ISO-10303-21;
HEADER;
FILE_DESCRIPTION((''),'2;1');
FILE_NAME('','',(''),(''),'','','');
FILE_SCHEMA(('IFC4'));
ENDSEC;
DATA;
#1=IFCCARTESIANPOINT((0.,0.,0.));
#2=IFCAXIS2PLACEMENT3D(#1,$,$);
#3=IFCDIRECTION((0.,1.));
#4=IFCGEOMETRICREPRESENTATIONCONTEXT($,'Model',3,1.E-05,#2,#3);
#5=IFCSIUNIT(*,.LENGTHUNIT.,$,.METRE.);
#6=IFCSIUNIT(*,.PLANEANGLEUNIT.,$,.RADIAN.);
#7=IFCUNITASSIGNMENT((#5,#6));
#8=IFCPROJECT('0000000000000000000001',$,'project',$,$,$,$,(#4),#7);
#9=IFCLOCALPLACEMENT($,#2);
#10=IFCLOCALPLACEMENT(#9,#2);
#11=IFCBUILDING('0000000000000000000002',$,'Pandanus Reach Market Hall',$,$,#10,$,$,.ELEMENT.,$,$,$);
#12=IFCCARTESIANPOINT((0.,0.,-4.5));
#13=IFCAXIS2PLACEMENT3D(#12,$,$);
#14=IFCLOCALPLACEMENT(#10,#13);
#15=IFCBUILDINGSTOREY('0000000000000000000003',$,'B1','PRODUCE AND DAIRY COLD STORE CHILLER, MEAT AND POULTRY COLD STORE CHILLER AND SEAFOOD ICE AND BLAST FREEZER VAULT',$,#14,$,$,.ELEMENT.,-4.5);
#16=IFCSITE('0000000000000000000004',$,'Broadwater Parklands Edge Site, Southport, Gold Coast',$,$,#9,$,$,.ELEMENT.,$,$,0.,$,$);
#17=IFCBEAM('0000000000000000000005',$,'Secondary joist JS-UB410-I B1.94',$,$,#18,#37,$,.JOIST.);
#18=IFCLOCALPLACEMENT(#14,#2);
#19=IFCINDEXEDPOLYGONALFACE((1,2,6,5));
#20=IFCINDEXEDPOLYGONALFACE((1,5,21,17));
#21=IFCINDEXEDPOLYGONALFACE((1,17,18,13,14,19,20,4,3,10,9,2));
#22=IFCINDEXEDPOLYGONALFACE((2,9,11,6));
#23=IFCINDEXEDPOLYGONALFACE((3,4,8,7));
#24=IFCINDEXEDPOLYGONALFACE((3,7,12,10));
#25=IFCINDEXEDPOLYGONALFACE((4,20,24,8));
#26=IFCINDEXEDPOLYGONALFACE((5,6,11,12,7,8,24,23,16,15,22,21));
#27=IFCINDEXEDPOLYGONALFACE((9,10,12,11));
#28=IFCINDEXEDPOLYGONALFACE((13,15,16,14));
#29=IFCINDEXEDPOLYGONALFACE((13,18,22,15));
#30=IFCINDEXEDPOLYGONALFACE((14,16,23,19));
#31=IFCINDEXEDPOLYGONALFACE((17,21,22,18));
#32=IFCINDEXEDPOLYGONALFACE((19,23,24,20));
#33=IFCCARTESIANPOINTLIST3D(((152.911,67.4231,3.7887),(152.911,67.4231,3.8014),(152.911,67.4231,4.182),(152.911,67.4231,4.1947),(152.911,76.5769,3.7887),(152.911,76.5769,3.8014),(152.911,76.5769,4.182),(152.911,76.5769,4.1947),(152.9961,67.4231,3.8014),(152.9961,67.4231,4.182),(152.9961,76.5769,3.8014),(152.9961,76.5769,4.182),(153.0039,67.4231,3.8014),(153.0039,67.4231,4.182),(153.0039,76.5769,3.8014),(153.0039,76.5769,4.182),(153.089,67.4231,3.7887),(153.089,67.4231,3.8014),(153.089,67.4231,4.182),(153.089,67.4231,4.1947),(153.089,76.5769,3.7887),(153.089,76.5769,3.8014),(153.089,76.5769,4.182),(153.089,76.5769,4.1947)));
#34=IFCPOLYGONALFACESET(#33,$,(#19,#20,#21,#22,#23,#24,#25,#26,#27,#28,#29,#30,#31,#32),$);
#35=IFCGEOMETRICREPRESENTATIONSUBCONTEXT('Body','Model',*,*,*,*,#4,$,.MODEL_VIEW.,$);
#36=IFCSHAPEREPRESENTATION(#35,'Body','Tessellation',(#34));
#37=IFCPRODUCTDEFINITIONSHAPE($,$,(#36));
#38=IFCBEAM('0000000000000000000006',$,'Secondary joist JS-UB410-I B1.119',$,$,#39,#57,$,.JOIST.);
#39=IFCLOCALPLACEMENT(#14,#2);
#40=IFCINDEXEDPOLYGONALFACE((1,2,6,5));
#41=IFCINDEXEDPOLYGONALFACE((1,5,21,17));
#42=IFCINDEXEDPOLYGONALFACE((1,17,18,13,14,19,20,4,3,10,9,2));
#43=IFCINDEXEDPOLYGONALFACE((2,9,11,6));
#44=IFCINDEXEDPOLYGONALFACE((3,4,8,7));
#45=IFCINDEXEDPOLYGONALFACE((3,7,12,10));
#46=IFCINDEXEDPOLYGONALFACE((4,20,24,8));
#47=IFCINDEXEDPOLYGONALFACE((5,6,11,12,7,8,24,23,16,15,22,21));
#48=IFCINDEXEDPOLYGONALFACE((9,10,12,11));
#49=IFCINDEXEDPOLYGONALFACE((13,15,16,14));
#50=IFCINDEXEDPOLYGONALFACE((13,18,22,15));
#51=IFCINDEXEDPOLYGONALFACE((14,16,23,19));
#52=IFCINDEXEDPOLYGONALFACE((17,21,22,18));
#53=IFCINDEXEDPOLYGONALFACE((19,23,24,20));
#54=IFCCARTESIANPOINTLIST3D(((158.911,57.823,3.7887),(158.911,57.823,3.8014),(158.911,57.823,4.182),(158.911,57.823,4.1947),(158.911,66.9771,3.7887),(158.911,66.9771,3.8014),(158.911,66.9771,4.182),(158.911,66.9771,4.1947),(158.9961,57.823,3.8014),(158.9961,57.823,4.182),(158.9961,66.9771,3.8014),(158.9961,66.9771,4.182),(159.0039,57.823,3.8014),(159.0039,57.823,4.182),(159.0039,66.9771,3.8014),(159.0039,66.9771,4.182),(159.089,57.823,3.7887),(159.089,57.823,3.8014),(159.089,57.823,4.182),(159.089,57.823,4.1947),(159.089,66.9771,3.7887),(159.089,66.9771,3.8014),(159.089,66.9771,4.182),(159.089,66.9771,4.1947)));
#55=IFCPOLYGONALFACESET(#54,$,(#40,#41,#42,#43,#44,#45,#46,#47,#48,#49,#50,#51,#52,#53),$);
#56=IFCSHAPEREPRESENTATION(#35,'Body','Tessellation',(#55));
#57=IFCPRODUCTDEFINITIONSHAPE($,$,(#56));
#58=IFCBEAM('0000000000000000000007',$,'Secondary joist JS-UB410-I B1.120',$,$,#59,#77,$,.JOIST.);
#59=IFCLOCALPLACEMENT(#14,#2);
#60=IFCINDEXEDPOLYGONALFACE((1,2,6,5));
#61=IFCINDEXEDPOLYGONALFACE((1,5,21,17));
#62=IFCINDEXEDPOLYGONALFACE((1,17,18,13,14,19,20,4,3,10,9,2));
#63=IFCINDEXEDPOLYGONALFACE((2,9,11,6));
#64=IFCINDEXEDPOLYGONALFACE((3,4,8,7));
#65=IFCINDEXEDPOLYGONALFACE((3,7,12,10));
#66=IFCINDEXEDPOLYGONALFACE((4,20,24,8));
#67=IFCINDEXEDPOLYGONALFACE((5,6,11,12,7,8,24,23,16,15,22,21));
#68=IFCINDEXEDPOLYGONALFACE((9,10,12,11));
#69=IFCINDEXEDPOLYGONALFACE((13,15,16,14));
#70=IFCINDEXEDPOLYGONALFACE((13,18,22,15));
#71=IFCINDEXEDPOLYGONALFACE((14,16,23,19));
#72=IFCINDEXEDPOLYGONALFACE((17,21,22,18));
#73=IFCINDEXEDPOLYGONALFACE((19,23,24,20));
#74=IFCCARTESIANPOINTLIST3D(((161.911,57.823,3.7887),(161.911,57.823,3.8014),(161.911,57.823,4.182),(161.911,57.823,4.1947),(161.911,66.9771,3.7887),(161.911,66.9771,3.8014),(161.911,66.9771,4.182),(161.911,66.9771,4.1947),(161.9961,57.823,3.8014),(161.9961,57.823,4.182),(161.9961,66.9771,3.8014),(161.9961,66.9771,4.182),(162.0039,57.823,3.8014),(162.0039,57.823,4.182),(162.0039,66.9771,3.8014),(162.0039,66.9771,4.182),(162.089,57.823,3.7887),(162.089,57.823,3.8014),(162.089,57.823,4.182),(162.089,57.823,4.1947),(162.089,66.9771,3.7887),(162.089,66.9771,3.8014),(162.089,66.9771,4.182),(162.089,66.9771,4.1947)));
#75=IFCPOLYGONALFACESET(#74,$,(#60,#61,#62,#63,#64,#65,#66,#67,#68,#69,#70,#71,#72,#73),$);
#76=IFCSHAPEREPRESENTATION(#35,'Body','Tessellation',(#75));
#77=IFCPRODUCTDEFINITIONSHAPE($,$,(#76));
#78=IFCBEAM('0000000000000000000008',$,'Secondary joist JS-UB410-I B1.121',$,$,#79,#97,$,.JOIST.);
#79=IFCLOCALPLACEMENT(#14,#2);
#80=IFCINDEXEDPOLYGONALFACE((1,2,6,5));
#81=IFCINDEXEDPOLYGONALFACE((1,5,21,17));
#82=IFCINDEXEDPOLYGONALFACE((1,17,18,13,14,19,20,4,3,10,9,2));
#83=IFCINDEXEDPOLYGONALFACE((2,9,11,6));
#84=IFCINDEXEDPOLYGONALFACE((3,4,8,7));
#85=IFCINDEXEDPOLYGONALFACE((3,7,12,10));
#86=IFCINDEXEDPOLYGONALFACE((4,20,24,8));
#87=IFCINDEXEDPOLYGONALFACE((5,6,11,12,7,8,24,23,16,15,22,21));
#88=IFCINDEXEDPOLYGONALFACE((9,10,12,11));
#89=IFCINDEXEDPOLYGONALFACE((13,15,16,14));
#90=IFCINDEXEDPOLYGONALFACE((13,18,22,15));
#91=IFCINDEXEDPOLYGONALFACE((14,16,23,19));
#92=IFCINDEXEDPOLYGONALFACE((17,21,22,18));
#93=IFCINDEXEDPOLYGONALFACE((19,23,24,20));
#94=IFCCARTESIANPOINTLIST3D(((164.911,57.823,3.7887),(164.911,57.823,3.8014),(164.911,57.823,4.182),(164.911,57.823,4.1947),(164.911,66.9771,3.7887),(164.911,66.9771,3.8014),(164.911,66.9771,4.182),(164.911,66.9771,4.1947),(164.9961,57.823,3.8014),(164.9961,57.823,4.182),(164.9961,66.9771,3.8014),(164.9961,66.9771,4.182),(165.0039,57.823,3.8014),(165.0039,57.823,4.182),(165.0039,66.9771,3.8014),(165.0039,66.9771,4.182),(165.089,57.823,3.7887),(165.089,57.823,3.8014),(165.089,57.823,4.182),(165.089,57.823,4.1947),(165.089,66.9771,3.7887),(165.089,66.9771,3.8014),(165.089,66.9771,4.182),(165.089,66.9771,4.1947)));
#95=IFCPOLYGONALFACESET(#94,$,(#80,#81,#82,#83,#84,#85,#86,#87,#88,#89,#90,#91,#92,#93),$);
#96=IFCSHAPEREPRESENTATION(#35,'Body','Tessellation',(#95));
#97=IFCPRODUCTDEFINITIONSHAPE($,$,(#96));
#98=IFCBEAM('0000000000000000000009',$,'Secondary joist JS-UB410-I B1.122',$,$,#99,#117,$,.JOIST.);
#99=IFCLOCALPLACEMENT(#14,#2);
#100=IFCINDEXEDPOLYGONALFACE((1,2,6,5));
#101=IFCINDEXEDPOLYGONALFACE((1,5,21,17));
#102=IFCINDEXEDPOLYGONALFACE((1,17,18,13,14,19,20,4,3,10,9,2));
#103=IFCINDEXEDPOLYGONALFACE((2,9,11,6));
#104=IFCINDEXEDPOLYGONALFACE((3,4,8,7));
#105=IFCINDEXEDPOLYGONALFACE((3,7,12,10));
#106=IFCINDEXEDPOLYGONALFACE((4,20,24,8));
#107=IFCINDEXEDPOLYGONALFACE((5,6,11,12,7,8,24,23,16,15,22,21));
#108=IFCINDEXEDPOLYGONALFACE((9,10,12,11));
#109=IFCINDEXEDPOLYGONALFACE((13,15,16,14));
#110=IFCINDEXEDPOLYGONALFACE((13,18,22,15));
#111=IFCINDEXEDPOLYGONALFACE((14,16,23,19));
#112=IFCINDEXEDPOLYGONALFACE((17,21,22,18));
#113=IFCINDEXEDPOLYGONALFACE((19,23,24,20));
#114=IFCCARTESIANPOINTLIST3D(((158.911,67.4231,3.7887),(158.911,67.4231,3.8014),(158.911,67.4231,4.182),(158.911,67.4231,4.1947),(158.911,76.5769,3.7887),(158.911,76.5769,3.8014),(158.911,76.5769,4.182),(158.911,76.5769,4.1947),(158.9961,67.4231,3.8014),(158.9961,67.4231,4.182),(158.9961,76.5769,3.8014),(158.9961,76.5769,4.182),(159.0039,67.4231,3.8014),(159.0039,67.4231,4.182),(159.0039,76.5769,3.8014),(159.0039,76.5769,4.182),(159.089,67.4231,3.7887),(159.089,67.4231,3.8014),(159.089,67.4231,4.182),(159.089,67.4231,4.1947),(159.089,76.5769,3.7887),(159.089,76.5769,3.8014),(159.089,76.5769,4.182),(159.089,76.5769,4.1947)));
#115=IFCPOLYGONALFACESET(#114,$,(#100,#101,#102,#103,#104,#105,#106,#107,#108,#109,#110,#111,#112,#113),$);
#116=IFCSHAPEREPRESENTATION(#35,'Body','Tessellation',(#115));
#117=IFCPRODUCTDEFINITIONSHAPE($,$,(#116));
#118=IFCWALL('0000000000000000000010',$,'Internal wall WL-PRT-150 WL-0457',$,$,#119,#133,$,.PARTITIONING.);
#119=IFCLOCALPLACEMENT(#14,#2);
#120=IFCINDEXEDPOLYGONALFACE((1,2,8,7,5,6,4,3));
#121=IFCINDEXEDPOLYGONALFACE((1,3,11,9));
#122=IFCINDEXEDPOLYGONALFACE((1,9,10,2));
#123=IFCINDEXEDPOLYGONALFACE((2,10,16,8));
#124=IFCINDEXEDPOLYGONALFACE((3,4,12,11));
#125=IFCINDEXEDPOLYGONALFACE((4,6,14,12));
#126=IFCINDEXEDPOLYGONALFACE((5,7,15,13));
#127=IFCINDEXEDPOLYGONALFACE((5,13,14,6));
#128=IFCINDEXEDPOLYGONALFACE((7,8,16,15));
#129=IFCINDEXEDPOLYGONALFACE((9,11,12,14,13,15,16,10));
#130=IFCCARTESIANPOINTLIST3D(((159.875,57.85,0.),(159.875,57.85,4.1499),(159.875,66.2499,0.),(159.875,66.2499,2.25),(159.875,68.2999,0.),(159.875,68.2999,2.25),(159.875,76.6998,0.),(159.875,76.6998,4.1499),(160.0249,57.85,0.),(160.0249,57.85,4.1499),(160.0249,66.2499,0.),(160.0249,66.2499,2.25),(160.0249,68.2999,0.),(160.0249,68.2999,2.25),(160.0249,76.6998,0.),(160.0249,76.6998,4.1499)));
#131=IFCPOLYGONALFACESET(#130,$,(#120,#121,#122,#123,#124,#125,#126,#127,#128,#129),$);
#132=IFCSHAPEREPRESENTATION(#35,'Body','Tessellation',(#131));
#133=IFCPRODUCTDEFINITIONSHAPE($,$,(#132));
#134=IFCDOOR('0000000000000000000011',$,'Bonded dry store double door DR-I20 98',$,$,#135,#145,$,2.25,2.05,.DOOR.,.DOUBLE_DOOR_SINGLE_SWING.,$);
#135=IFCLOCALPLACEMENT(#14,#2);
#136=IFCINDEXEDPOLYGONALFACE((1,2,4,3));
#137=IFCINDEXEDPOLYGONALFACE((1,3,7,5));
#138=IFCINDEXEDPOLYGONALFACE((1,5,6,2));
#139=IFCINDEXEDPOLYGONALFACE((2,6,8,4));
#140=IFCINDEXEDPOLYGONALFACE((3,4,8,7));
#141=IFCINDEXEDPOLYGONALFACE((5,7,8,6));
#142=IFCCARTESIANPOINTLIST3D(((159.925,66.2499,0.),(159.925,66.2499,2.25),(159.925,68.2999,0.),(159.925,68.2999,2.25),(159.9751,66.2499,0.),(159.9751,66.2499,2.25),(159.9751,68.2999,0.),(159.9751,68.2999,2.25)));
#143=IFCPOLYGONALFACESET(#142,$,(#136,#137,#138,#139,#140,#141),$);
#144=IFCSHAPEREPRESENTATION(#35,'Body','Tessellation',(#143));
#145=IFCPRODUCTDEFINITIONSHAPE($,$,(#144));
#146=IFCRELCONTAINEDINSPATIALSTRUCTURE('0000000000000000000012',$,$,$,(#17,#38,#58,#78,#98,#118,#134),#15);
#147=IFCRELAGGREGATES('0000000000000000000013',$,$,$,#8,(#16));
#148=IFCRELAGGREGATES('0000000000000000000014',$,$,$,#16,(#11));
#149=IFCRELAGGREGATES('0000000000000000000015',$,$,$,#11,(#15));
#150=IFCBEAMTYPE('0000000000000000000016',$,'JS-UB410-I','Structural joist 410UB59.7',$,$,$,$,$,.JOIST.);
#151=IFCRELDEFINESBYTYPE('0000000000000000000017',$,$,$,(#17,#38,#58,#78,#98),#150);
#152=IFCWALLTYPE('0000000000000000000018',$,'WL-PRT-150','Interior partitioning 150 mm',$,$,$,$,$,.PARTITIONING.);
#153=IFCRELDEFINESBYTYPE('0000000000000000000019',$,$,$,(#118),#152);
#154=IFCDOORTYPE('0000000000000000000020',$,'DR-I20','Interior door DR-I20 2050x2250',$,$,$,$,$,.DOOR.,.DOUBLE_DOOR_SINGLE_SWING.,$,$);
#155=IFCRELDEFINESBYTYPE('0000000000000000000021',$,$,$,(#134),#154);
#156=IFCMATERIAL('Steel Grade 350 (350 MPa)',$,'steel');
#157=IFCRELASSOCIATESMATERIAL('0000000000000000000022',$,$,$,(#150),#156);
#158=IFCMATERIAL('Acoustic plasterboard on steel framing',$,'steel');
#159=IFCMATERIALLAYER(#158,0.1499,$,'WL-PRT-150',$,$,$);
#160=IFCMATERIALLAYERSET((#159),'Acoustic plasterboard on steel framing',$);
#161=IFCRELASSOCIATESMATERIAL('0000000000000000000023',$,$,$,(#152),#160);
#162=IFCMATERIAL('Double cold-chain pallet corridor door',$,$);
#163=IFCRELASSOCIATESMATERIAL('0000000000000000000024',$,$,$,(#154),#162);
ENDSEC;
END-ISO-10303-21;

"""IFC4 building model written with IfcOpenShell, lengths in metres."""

from ifc_helpers import new_model, si_unit, direction, frame, frame_2d, origin, origin_2d, place, context, subcontext, project, spatial, rectangle, i_section, extrude, material, layer, layer_set, material_profile, profile_set, type_object, element, fill, save


model = new_model("IFC4")

# Units and contexts
model_context = context("Model", 3, precision=1e-05, world=origin(), true_north=direction((0.0, 1.0)))
body_context = subcontext(model_context, "Body", "Model", "MODEL_VIEW")
ifc_project = project(units=[si_unit("LENGTHUNIT", "METRE"), si_unit("PLANEANGLEUNIT", "RADIAN")], contexts=[model_context])

# Site, building, storey
site_placement = place(None, origin())
site = spatial("IfcSite", under=ifc_project, at=site_placement, Name="Broadwater Parklands Edge Site, Southport, Gold Coast", CompositionType="ELEMENT", RefElevation=0.0)
building_placement = place(site_placement, origin())
building = spatial("IfcBuilding", under=site, at=building_placement, Name="Pandanus Reach Market Hall", CompositionType="ELEMENT")
storey_placement = place(building_placement, frame((0.0, 0.0, -4.5)))
storey = spatial("IfcBuildingStorey", under=building, at=storey_placement, Name="B1", Description="PRODUCE AND DAIRY COLD STORE CHILLER, MEAT AND POULTRY COLD STORE CHILLER AND SEAFOOD ICE AND BLAST FREEZER VAULT", CompositionType="ELEMENT", Elevation=-4.5)

# Beams
ifc_material_1 = material(Name="Steel Grade 350 (350 MPa)", Category="steel")
ifc_material_profile_1 = material_profile(ifc_material_1, i_section(OverallWidth=0.178, OverallDepth=0.406, WebThickness=0.0078, FlangeThickness=0.0127, at=origin_2d()), Name="410UB59.7", Category="LoadBearing")
ifc_profile_set_1 = profile_set([ifc_material_profile_1], Name="Steel Grade 350 (350 MPa)")
beam_type_1 = type_object("IfcBeamType", Name="JS-UB410-I", Description="Structural joist 410UB59.7", PredefinedType="JOIST", material=ifc_profile_set_1)
beam_1_placement = place(storey_placement, frame((153.0, 67.4231, 3.9917), z_axis=(0.0, 1.0, 0.0), x_axis=(-1.0, 0.0, 0.0)))
element("IfcBeam", 1, at=beam_1_placement, inside=storey, type_object=beam_type_1, Name="Secondary joist JS-UB410-I B1.94", PredefinedType="JOIST", context=body_context, shape_type="SweptSolid", body=[
    extrude(i_section(OverallWidth=0.178, OverallDepth=0.406, WebThickness=0.0078, FlangeThickness=0.0127, at=origin_2d()), origin(), (0.0, 0.0, 1.0), 9.1538),
])
for number, where, z_axis, x_axis, name in (
    (2, (159.0, 57.823, 3.9917), (0.0, 1.0, 0.0), (-1.0, 0.0, 0.0), "Secondary joist JS-UB410-I B1.119"),
    (3, (162.0, 57.823, 3.9917), (0.0, 1.0, 0.0), (-1.0, 0.0, 0.0), "Secondary joist JS-UB410-I B1.120"),
    (4, (165.0, 57.823, 3.9917), (0.0, 1.0, 0.0), (-1.0, 0.0, 0.0), "Secondary joist JS-UB410-I B1.121"),
):
    element("IfcBeam", number, at=place(storey_placement, frame(where, z_axis=z_axis, x_axis=x_axis)), inside=storey, type_object=beam_type_1, Name=name, PredefinedType="JOIST", context=body_context, shape_type="SweptSolid", body=[
        extrude(i_section(OverallWidth=0.178, OverallDepth=0.406, WebThickness=0.0078, FlangeThickness=0.0127, at=origin_2d()), origin(), (0.0, 0.0, 1.0), 9.1541),
    ])
beam_2_placement = place(storey_placement, frame((159.0, 67.4231, 3.9917), z_axis=(0.0, 1.0, 0.0), x_axis=(-1.0, 0.0, 0.0)))
element("IfcBeam", 5, at=beam_2_placement, inside=storey, type_object=beam_type_1, Name="Secondary joist JS-UB410-I B1.122", PredefinedType="JOIST", context=body_context, shape_type="SweptSolid", body=[
    extrude(i_section(OverallWidth=0.178, OverallDepth=0.406, WebThickness=0.0078, FlangeThickness=0.0127, at=origin_2d()), origin(), (0.0, 0.0, 1.0), 9.1538),
])

# Wall, opening, door
ifc_material_2 = material(Name="Acoustic plasterboard on steel framing", Category="steel")
ifc_layer = layer(ifc_material_2, 0.1499, Name="WL-PRT-150")
ifc_layer_set = layer_set([ifc_layer], Name="Acoustic plasterboard on steel framing")
wall_type = type_object("IfcWallType", Name="WL-PRT-150", Description="Interior partitioning 150 mm", PredefinedType="PARTITIONING", material=ifc_layer_set)
wall_placement = place(storey_placement, frame((159.95, 57.8501, 0.0), z_axis=(0.0, 0.0, 1.0), x_axis=(0.0, 1.0, 0.0)))
wall = element("IfcWall", 6, at=wall_placement, inside=storey, type_object=wall_type, Name="Internal wall WL-PRT-150 WL-0457", PredefinedType="PARTITIONING", context=body_context, shape_type="SweptSolid", body=[
    extrude(rectangle(XDim=18.8499, YDim=0.1499, at=frame_2d((9.4248, 0.0))), origin(), (0.0, 0.0, 1.0), 4.1499),
])
opening_placement = place(wall_placement, frame((8.3999, 0.0, 0.0)))
opening = element("IfcOpeningElement", 7, at=opening_placement, cuts=wall, PredefinedType="OPENING", context=body_context, shape_type="SweptSolid", body=[
    extrude(rectangle(XDim=2.05, YDim=2.25, at=frame_2d((1.0249, 1.125))), frame((0.0, 0.0898, 0.0), z_axis=(0.0, -1.0, 0.0), x_axis=(1.0, 0.0, 0.0)), (0.0, 0.0, 1.0), 0.1799),
])
ifc_material_3 = material(Name="Double cold-chain pallet corridor door")
door_type = type_object("IfcDoorType", Name="DR-I20", Description="Interior door DR-I20 2050x2250", OperationType="DOUBLE_DOOR_SINGLE_SWING", PredefinedType="DOOR", material=ifc_material_3)
door_placement = place(opening_placement, origin())
door = element("IfcDoor", 8, at=door_placement, inside=storey, type_object=door_type, Name="Bonded dry store double door DR-I20 98", OperationType="DOUBLE_DOOR_SINGLE_SWING", OverallHeight=2.25, OverallWidth=2.05, PredefinedType="DOOR", context=body_context, shape_type="SweptSolid", body=[
    extrude(rectangle(XDim=2.05, YDim=2.25, at=frame_2d((1.0249, 1.125))), frame((0.0, 0.0249, 0.0), z_axis=(0.0, -1.0, 0.0), x_axis=(1.0, 0.0, 0.0)), (0.0, 0.0, 1.0), 0.05),
])
fill(opening, door)

save(model, "model.ifc")
